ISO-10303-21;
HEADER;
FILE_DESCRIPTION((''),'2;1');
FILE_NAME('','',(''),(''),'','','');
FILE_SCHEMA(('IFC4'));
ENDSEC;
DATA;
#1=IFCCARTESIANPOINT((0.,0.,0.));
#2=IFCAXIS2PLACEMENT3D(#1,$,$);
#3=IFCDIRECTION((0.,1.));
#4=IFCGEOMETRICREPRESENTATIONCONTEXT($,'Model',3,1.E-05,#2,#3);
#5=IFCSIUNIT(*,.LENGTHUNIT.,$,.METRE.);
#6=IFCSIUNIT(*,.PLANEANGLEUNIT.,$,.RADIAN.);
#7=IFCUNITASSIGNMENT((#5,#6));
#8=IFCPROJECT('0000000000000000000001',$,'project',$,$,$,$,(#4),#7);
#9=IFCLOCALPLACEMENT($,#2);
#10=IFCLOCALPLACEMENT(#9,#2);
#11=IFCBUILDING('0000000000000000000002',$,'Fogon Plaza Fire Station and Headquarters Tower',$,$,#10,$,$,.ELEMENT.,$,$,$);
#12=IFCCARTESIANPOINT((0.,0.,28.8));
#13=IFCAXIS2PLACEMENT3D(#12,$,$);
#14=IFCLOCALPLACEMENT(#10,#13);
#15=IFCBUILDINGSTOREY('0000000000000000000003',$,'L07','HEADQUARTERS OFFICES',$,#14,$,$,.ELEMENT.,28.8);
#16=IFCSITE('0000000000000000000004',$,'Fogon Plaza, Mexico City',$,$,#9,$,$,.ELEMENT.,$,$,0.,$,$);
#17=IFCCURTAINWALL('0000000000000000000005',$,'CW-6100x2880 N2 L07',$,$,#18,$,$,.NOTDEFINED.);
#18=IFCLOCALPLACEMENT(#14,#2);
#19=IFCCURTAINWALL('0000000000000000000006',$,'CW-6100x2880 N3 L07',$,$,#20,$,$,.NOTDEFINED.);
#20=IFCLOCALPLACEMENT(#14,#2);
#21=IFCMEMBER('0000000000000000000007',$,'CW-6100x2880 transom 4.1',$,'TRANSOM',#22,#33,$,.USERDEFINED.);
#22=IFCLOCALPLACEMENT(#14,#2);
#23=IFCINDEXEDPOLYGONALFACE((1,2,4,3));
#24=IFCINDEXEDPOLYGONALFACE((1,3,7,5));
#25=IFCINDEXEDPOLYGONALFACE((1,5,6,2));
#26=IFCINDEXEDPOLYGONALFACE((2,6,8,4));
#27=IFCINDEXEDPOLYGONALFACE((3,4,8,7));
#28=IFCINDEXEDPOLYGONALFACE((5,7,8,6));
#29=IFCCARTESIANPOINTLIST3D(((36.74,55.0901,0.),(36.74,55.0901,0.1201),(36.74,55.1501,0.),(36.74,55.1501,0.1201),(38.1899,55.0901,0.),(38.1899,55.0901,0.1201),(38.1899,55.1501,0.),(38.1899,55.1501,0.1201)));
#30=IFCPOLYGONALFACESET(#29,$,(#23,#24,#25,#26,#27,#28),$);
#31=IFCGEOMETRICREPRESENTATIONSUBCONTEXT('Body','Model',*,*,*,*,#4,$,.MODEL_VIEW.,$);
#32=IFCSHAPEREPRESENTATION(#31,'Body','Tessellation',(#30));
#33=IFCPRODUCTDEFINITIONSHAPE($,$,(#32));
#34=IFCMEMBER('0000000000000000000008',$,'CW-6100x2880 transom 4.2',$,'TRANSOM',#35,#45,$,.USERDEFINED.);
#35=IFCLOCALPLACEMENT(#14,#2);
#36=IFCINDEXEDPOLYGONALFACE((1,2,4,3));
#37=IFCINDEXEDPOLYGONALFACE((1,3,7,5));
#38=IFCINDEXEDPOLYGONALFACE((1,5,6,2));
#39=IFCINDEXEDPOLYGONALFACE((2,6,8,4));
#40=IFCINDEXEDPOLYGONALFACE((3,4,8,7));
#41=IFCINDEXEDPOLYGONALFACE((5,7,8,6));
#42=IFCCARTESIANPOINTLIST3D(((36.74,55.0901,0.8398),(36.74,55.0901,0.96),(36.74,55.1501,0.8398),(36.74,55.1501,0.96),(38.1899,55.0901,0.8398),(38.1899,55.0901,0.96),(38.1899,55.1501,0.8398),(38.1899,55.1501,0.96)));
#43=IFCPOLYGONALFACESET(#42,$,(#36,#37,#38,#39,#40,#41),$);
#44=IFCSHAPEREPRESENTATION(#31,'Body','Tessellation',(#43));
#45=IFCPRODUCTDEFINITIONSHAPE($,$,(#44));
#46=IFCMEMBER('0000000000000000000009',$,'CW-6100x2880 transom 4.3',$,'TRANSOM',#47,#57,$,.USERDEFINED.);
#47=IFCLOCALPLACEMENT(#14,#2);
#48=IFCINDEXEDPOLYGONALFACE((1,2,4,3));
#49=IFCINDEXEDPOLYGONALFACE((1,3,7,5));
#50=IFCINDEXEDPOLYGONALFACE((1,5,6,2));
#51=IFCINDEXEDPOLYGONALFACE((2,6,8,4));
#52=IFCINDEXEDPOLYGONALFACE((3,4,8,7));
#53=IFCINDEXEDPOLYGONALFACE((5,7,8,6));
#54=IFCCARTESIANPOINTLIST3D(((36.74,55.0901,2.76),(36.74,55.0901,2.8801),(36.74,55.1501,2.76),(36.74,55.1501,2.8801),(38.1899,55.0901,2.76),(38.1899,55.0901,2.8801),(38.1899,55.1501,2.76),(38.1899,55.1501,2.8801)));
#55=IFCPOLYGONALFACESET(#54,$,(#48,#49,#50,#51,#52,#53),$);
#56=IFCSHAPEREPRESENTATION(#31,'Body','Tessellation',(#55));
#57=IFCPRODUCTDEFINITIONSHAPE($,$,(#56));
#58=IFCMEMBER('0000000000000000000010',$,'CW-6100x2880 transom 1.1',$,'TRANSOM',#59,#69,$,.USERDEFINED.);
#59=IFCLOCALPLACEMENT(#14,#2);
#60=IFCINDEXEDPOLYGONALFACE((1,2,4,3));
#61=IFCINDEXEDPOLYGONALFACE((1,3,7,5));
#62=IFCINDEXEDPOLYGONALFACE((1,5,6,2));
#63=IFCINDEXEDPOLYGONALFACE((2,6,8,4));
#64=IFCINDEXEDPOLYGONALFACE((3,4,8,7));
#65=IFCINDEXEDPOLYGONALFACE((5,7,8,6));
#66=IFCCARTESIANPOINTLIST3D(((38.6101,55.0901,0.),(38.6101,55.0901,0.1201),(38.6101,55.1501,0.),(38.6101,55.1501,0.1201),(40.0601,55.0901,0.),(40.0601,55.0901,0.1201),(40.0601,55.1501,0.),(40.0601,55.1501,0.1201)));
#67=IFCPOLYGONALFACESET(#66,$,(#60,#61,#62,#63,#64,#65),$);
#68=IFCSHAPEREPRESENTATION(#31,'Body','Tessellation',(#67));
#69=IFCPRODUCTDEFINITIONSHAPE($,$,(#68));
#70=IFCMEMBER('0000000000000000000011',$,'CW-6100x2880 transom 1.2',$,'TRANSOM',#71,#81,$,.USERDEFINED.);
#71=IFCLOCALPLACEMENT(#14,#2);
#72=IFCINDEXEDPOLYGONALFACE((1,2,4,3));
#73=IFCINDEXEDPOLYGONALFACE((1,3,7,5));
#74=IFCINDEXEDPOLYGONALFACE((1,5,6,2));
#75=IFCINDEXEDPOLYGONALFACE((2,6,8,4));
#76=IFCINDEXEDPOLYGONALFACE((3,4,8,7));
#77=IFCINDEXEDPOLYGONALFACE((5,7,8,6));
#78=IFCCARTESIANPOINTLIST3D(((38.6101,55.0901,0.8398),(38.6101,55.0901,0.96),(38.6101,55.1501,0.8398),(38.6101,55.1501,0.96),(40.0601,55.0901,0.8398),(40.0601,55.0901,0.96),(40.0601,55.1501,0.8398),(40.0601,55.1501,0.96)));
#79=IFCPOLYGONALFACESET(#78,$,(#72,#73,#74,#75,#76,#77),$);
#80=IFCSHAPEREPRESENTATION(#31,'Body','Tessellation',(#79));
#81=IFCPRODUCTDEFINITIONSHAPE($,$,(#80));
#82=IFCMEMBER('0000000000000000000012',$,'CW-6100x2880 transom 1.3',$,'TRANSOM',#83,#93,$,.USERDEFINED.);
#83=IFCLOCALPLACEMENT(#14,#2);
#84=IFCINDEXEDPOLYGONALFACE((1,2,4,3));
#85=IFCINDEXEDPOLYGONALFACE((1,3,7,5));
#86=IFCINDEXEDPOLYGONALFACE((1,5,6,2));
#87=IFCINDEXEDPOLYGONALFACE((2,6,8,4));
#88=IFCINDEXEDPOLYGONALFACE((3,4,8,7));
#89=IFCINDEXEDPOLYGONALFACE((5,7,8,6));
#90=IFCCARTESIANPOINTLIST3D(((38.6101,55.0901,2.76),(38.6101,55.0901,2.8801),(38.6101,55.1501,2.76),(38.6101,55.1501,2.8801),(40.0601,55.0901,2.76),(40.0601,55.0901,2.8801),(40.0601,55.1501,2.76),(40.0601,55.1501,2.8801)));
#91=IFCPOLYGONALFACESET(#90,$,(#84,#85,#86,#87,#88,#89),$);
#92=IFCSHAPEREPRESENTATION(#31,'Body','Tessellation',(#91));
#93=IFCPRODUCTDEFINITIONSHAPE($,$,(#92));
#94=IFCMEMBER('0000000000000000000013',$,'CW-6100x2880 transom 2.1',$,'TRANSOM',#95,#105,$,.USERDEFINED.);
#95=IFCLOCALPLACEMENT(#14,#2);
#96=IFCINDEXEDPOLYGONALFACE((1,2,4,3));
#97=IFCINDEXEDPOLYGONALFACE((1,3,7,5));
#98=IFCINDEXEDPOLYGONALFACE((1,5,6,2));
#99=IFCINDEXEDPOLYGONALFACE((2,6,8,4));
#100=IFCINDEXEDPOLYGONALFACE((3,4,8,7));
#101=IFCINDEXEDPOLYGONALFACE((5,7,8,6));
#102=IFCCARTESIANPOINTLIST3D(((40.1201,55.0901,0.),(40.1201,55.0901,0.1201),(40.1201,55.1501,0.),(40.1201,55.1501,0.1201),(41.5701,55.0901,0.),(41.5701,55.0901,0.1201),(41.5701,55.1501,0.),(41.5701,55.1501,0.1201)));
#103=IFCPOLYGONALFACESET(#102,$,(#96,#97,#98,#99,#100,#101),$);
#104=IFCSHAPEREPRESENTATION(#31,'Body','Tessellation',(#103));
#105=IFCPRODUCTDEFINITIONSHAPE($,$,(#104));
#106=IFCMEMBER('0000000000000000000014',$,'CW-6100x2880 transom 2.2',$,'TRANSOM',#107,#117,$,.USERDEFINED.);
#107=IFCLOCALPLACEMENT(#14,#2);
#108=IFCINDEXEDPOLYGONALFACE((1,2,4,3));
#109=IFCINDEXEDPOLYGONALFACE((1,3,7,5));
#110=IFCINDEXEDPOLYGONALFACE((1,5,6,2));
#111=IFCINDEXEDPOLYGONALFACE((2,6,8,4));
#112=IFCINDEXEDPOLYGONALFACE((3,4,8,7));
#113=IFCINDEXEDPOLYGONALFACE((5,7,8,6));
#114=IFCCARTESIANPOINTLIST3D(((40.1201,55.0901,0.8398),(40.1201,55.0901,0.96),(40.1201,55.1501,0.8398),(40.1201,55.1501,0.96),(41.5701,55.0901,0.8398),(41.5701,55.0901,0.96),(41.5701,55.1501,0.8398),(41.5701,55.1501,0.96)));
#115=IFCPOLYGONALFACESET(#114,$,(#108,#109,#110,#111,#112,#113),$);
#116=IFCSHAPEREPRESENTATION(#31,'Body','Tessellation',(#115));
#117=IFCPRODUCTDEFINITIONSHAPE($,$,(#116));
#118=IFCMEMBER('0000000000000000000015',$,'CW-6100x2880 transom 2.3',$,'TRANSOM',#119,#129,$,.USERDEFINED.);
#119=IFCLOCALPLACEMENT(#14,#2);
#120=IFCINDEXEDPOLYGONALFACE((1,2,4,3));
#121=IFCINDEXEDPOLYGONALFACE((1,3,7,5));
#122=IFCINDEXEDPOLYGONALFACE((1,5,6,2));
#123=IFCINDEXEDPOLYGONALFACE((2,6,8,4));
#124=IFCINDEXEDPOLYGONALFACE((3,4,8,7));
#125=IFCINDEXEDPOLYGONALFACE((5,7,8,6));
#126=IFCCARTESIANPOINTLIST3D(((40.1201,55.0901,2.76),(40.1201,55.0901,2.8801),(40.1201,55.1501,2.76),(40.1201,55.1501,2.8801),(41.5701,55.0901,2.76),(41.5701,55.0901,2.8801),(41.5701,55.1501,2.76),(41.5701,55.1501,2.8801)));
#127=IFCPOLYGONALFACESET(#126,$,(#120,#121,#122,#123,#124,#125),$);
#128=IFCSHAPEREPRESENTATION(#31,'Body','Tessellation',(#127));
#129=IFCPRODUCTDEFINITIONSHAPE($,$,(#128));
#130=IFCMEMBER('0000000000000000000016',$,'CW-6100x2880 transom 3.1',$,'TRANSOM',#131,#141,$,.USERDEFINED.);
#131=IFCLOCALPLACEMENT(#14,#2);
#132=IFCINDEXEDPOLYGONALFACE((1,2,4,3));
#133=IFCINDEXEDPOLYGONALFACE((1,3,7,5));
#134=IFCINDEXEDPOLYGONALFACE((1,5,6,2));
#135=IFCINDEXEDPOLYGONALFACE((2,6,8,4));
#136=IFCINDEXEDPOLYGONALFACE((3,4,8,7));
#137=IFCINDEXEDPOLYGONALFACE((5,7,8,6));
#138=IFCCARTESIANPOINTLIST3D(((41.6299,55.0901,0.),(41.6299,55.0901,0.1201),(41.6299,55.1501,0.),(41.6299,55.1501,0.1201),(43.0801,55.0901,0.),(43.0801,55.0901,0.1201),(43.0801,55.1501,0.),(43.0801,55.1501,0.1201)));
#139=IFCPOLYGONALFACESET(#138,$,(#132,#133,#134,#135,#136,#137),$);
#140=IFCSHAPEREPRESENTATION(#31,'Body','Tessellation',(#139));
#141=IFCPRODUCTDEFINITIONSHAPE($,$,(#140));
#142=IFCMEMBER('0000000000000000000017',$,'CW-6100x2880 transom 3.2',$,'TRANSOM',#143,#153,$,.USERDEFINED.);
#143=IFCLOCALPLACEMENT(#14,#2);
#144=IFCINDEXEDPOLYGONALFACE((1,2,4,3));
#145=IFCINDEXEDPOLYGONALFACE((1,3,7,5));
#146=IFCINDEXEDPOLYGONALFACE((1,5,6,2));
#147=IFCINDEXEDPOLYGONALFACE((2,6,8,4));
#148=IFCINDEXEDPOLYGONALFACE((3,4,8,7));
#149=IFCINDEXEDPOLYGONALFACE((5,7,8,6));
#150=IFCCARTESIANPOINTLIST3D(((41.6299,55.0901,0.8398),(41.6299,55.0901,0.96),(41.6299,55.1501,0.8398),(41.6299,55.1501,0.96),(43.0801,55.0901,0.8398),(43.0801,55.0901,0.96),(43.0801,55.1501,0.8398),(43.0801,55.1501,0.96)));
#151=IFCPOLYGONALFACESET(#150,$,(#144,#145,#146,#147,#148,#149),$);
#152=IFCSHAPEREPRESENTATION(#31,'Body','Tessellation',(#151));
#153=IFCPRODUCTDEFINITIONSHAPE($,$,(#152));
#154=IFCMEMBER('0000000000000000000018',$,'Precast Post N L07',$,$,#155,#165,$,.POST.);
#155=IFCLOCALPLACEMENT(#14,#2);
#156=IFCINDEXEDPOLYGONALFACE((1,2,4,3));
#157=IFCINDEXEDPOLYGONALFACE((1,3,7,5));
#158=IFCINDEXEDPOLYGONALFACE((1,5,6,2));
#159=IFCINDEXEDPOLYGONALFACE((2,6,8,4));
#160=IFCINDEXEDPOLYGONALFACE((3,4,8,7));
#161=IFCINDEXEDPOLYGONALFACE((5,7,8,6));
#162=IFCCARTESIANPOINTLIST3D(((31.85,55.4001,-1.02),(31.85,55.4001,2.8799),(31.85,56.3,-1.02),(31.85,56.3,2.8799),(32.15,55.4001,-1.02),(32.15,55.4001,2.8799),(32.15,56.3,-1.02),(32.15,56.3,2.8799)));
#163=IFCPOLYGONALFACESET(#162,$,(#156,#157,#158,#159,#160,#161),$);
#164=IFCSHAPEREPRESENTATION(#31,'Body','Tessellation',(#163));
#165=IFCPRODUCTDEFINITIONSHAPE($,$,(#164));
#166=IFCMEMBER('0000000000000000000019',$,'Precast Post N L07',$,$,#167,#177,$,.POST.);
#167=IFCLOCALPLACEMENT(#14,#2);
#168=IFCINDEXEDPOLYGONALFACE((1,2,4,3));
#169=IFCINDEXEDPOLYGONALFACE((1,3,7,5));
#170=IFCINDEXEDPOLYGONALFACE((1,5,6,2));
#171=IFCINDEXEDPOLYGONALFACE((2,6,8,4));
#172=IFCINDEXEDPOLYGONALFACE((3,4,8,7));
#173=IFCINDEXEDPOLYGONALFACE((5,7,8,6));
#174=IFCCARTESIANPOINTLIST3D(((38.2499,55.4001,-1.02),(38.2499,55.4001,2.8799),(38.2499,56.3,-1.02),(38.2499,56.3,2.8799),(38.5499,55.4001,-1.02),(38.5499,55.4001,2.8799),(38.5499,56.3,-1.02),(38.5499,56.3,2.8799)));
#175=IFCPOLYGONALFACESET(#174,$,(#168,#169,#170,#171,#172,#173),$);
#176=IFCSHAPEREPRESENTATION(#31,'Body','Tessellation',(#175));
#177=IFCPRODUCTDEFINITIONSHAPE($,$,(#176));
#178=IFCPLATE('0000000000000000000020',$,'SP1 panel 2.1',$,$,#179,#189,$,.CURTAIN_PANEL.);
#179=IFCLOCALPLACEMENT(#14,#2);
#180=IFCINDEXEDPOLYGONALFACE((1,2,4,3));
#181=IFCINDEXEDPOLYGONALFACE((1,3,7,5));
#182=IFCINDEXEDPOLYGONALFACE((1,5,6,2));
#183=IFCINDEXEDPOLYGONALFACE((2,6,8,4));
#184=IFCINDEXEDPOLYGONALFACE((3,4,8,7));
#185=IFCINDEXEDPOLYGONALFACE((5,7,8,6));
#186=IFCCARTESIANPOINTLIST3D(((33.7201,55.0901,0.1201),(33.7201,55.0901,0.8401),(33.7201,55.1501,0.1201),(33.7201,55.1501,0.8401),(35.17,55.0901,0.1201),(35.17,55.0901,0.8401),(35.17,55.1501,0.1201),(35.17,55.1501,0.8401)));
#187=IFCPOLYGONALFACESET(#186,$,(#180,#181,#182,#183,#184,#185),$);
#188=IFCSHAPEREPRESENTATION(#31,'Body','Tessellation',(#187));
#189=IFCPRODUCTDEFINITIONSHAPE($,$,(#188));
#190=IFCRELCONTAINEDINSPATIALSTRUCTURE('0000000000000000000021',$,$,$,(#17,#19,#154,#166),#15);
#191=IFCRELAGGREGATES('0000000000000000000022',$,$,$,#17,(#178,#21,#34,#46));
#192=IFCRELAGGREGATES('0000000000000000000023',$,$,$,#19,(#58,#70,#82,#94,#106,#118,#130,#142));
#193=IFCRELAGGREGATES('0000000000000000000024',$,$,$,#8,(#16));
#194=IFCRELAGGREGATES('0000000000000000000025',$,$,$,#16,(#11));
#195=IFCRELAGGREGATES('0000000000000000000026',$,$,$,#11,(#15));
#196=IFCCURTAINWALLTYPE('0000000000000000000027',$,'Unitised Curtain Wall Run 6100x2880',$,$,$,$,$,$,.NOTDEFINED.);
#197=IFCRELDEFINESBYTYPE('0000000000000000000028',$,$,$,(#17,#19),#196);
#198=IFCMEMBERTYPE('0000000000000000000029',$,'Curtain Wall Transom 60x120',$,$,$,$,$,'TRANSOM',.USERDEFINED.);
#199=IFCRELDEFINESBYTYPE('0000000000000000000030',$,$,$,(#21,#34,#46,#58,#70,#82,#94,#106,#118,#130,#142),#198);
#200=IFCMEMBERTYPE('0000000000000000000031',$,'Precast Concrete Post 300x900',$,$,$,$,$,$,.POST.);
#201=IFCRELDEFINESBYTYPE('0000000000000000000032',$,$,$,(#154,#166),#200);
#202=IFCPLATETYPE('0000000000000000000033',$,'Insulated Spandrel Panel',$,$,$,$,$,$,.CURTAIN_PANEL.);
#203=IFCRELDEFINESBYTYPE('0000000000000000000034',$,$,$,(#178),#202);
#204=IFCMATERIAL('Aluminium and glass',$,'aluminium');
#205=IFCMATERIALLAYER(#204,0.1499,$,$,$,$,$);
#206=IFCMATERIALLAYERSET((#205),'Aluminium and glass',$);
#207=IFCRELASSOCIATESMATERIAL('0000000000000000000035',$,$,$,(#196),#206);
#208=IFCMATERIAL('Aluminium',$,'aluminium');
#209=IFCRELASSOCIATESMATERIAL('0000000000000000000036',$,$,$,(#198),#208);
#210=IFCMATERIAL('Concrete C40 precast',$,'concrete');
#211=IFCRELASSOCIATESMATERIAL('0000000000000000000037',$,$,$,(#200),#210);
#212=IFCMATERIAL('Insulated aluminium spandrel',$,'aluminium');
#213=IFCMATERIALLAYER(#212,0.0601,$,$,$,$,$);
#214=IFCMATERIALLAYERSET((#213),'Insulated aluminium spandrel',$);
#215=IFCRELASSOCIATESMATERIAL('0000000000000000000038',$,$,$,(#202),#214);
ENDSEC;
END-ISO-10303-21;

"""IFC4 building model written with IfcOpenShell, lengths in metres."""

from ifc_helpers import new_model, si_unit, direction, frame, origin, origin_2d, place, context, subcontext, project, spatial, rectangle, extrude, material, layer, layer_set, material_profile, profile_set, type_object, element, aggregate, save


model = new_model("IFC4")

# Units and contexts
model_context = context("Model", 3, precision=1e-05, world=origin(), true_north=direction((0.0, 1.0)))
body_context = subcontext(model_context, "Body", "Model", "MODEL_VIEW")
ifc_project = project(units=[si_unit("LENGTHUNIT", "METRE"), si_unit("PLANEANGLEUNIT", "RADIAN")], contexts=[model_context])

# Site, building, storey
site_placement = place(None, origin())
site = spatial("IfcSite", under=ifc_project, at=site_placement, Name="Fogon Plaza, Mexico City", CompositionType="ELEMENT", RefElevation=0.0)
building_placement = place(site_placement, origin())
building = spatial("IfcBuilding", under=site, at=building_placement, Name="Fogon Plaza Fire Station and Headquarters Tower", CompositionType="ELEMENT")
storey_placement = place(building_placement, frame((0.0, 0.0, 28.8)))
storey = spatial("IfcBuildingStorey", under=building, at=storey_placement, Name="L07", Description="HEADQUARTERS OFFICES", CompositionType="ELEMENT", Elevation=28.8)

# Curtain walls
ifc_material_1 = material(Name="Aluminium and glass", Category="aluminium")
ifc_layer_1 = layer(ifc_material_1, 0.1499)
ifc_layer_set_1 = layer_set([ifc_layer_1], Name="Aluminium and glass")
curtain_wall_type = type_object("IfcCurtainWallType", Name="Unitised Curtain Wall Run 6100x2880", PredefinedType="NOTDEFINED", material=ifc_layer_set_1)
curtain_wall_1_placement = place(storey_placement, origin())
curtain_wall_1 = element("IfcCurtainWall", 1, at=curtain_wall_1_placement, inside=storey, type_object=curtain_wall_type, Name="CW-6100x2880 N2 L07", PredefinedType="NOTDEFINED")
curtain_wall_2_placement = place(storey_placement, origin())
curtain_wall_2 = element("IfcCurtainWall", 2, at=curtain_wall_2_placement, inside=storey, type_object=curtain_wall_type, Name="CW-6100x2880 N3 L07", PredefinedType="NOTDEFINED")

# Members
ifc_material_2 = material(Name="Aluminium", Category="aluminium")
ifc_material_profile_1 = material_profile(ifc_material_2, rectangle(XDim=0.0601, YDim=0.1201, at=origin_2d()), Name="Curtain Wall Transom 60x120")
ifc_profile_set_1 = profile_set([ifc_material_profile_1], Name="Aluminium")
member_type_1 = type_object("IfcMemberType", Name="Curtain Wall Transom 60x120", ElementType="TRANSOM", PredefinedType="USERDEFINED", material=ifc_profile_set_1)
member_1_placement = place(storey_placement, frame((36.74, 55.1201, 0.0601), z_axis=(1.0, 0.0, 0.0), x_axis=(0.0, 1.0, 0.0)))
member_1 = element("IfcMember", 3, at=member_1_placement, type_object=member_type_1, Name="CW-6100x2880 transom 4.1", ObjectType="TRANSOM", PredefinedType="USERDEFINED", context=body_context, shape_type="SweptSolid", body=[
    extrude(rectangle(XDim=0.0601, YDim=0.1201, at=origin_2d()), origin(), (0.0, 0.0, 1.0), 1.45),
])
member_2_placement = place(storey_placement, frame((36.74, 55.1201, 0.8999), z_axis=(1.0, 0.0, 0.0), x_axis=(0.0, 1.0, 0.0)))
member_2 = element("IfcMember", 4, at=member_2_placement, type_object=member_type_1, Name="CW-6100x2880 transom 4.2", ObjectType="TRANSOM", PredefinedType="USERDEFINED", context=body_context, shape_type="SweptSolid", body=[
    extrude(rectangle(XDim=0.0601, YDim=0.1201, at=origin_2d()), origin(), (0.0, 0.0, 1.0), 1.45),
])
member_3_placement = place(storey_placement, frame((36.74, 55.1201, 2.8201), z_axis=(1.0, 0.0, 0.0), x_axis=(0.0, 1.0, 0.0)))
member_3 = element("IfcMember", 5, at=member_3_placement, type_object=member_type_1, Name="CW-6100x2880 transom 4.3", ObjectType="TRANSOM", PredefinedType="USERDEFINED", context=body_context, shape_type="SweptSolid", body=[
    extrude(rectangle(XDim=0.0601, YDim=0.1201, at=origin_2d()), origin(), (0.0, 0.0, 1.0), 1.45),
])
member_4_placement = place(storey_placement, frame((38.6101, 55.1201, 0.0601), z_axis=(1.0, 0.0, 0.0), x_axis=(0.0, 1.0, 0.0)))
member_4 = element("IfcMember", 6, at=member_4_placement, type_object=member_type_1, Name="CW-6100x2880 transom 1.1", ObjectType="TRANSOM", PredefinedType="USERDEFINED", context=body_context, shape_type="SweptSolid", body=[
    extrude(rectangle(XDim=0.0601, YDim=0.1201, at=origin_2d()), origin(), (0.0, 0.0, 1.0), 1.45),
])
member_5_placement = place(storey_placement, frame((38.6101, 55.1201, 0.8999), z_axis=(1.0, 0.0, 0.0), x_axis=(0.0, 1.0, 0.0)))
member_5 = element("IfcMember", 7, at=member_5_placement, type_object=member_type_1, Name="CW-6100x2880 transom 1.2", ObjectType="TRANSOM", PredefinedType="USERDEFINED", context=body_context, shape_type="SweptSolid", body=[
    extrude(rectangle(XDim=0.0601, YDim=0.1201, at=origin_2d()), origin(), (0.0, 0.0, 1.0), 1.45),
])
member_6_placement = place(storey_placement, frame((38.6101, 55.1201, 2.8201), z_axis=(1.0, 0.0, 0.0), x_axis=(0.0, 1.0, 0.0)))
member_6 = element("IfcMember", 8, at=member_6_placement, type_object=member_type_1, Name="CW-6100x2880 transom 1.3", ObjectType="TRANSOM", PredefinedType="USERDEFINED", context=body_context, shape_type="SweptSolid", body=[
    extrude(rectangle(XDim=0.0601, YDim=0.1201, at=origin_2d()), origin(), (0.0, 0.0, 1.0), 1.45),
])
member_7_placement = place(storey_placement, frame((40.1201, 55.1201, 0.0601), z_axis=(1.0, 0.0, 0.0), x_axis=(0.0, 1.0, 0.0)))
member_7 = element("IfcMember", 9, at=member_7_placement, type_object=member_type_1, Name="CW-6100x2880 transom 2.1", ObjectType="TRANSOM", PredefinedType="USERDEFINED", context=body_context, shape_type="SweptSolid", body=[
    extrude(rectangle(XDim=0.0601, YDim=0.1201, at=origin_2d()), origin(), (0.0, 0.0, 1.0), 1.45),
])
member_8_placement = place(storey_placement, frame((40.1201, 55.1201, 0.8999), z_axis=(1.0, 0.0, 0.0), x_axis=(0.0, 1.0, 0.0)))
member_8 = element("IfcMember", 10, at=member_8_placement, type_object=member_type_1, Name="CW-6100x2880 transom 2.2", ObjectType="TRANSOM", PredefinedType="USERDEFINED", context=body_context, shape_type="SweptSolid", body=[
    extrude(rectangle(XDim=0.0601, YDim=0.1201, at=origin_2d()), origin(), (0.0, 0.0, 1.0), 1.45),
])
member_9_placement = place(storey_placement, frame((40.1201, 55.1201, 2.8201), z_axis=(1.0, 0.0, 0.0), x_axis=(0.0, 1.0, 0.0)))
member_9 = element("IfcMember", 11, at=member_9_placement, type_object=member_type_1, Name="CW-6100x2880 transom 2.3", ObjectType="TRANSOM", PredefinedType="USERDEFINED", context=body_context, shape_type="SweptSolid", body=[
    extrude(rectangle(XDim=0.0601, YDim=0.1201, at=origin_2d()), origin(), (0.0, 0.0, 1.0), 1.45),
])
member_10_placement = place(storey_placement, frame((41.6299, 55.1201, 0.0601), z_axis=(1.0, 0.0, 0.0), x_axis=(0.0, 1.0, 0.0)))
member_10 = element("IfcMember", 12, at=member_10_placement, type_object=member_type_1, Name="CW-6100x2880 transom 3.1", ObjectType="TRANSOM", PredefinedType="USERDEFINED", context=body_context, shape_type="SweptSolid", body=[
    extrude(rectangle(XDim=0.0601, YDim=0.1201, at=origin_2d()), origin(), (0.0, 0.0, 1.0), 1.4502),
])
member_11_placement = place(storey_placement, frame((41.6299, 55.1201, 0.8999), z_axis=(1.0, 0.0, 0.0), x_axis=(0.0, 1.0, 0.0)))
member_11 = element("IfcMember", 13, at=member_11_placement, type_object=member_type_1, Name="CW-6100x2880 transom 3.2", ObjectType="TRANSOM", PredefinedType="USERDEFINED", context=body_context, shape_type="SweptSolid", body=[
    extrude(rectangle(XDim=0.0601, YDim=0.1201, at=origin_2d()), origin(), (0.0, 0.0, 1.0), 1.4502),
])

# Members
ifc_material_3 = material(Name="Concrete C40 precast", Category="concrete")
ifc_material_profile_2 = material_profile(ifc_material_3, rectangle(XDim=0.3, YDim=0.8999, at=origin_2d()), Name="Precast Concrete Post 300x900")
ifc_profile_set_2 = profile_set([ifc_material_profile_2], Name="Concrete C40 precast")
member_type_2 = type_object("IfcMemberType", Name="Precast Concrete Post 300x900", PredefinedType="POST", material=ifc_profile_set_2)
for number, where, z_axis, x_axis, name in (
    (14, (32.0, 55.8501, -1.02), (0.0, 0.0, 1.0), (1.0, 0.0, 0.0), "Precast Post N L07"),
    (15, (38.3999, 55.8501, -1.02), (0.0, 0.0, 1.0), (1.0, 0.0, 0.0), "Precast Post N L07"),
):
    element("IfcMember", number, at=place(storey_placement, frame(where, z_axis=z_axis, x_axis=x_axis)), inside=storey, type_object=member_type_2, Name=name, PredefinedType="POST", context=body_context, shape_type="SweptSolid", body=[
        extrude(rectangle(XDim=0.3, YDim=0.8999, at=origin_2d()), origin(), (0.0, 0.0, 1.0), 3.8999),
    ])

# Plate
ifc_material_4 = material(Name="Insulated aluminium spandrel", Category="aluminium")
ifc_layer_2 = layer(ifc_material_4, 0.0601)
ifc_layer_set_2 = layer_set([ifc_layer_2], Name="Insulated aluminium spandrel")
plate_type_1 = type_object("IfcPlateType", Name="Insulated Spandrel Panel", PredefinedType="CURTAIN_PANEL", material=ifc_layer_set_2)
plate_1_placement = place(storey_placement, frame((34.4451, 55.1201, 0.1201), z_axis=(0.0, 0.0, 1.0), x_axis=(1.0, 0.0, 0.0)))
plate_1 = element("IfcPlate", 16, at=plate_1_placement, type_object=plate_type_1, Name="SP1 panel 2.1", PredefinedType="CURTAIN_PANEL", context=body_context, shape_type="SweptSolid", body=[
    extrude(rectangle(XDim=1.45, YDim=0.0601, at=origin_2d()), origin(), (0.0, 0.0, 1.0), 0.72),
])
aggregate(curtain_wall_1, [plate_1, member_1, member_2, member_3])
aggregate(curtain_wall_2, [member_4, member_5, member_6, member_7, member_8, member_9, member_10, member_11])

save(model, "model.ifc")
